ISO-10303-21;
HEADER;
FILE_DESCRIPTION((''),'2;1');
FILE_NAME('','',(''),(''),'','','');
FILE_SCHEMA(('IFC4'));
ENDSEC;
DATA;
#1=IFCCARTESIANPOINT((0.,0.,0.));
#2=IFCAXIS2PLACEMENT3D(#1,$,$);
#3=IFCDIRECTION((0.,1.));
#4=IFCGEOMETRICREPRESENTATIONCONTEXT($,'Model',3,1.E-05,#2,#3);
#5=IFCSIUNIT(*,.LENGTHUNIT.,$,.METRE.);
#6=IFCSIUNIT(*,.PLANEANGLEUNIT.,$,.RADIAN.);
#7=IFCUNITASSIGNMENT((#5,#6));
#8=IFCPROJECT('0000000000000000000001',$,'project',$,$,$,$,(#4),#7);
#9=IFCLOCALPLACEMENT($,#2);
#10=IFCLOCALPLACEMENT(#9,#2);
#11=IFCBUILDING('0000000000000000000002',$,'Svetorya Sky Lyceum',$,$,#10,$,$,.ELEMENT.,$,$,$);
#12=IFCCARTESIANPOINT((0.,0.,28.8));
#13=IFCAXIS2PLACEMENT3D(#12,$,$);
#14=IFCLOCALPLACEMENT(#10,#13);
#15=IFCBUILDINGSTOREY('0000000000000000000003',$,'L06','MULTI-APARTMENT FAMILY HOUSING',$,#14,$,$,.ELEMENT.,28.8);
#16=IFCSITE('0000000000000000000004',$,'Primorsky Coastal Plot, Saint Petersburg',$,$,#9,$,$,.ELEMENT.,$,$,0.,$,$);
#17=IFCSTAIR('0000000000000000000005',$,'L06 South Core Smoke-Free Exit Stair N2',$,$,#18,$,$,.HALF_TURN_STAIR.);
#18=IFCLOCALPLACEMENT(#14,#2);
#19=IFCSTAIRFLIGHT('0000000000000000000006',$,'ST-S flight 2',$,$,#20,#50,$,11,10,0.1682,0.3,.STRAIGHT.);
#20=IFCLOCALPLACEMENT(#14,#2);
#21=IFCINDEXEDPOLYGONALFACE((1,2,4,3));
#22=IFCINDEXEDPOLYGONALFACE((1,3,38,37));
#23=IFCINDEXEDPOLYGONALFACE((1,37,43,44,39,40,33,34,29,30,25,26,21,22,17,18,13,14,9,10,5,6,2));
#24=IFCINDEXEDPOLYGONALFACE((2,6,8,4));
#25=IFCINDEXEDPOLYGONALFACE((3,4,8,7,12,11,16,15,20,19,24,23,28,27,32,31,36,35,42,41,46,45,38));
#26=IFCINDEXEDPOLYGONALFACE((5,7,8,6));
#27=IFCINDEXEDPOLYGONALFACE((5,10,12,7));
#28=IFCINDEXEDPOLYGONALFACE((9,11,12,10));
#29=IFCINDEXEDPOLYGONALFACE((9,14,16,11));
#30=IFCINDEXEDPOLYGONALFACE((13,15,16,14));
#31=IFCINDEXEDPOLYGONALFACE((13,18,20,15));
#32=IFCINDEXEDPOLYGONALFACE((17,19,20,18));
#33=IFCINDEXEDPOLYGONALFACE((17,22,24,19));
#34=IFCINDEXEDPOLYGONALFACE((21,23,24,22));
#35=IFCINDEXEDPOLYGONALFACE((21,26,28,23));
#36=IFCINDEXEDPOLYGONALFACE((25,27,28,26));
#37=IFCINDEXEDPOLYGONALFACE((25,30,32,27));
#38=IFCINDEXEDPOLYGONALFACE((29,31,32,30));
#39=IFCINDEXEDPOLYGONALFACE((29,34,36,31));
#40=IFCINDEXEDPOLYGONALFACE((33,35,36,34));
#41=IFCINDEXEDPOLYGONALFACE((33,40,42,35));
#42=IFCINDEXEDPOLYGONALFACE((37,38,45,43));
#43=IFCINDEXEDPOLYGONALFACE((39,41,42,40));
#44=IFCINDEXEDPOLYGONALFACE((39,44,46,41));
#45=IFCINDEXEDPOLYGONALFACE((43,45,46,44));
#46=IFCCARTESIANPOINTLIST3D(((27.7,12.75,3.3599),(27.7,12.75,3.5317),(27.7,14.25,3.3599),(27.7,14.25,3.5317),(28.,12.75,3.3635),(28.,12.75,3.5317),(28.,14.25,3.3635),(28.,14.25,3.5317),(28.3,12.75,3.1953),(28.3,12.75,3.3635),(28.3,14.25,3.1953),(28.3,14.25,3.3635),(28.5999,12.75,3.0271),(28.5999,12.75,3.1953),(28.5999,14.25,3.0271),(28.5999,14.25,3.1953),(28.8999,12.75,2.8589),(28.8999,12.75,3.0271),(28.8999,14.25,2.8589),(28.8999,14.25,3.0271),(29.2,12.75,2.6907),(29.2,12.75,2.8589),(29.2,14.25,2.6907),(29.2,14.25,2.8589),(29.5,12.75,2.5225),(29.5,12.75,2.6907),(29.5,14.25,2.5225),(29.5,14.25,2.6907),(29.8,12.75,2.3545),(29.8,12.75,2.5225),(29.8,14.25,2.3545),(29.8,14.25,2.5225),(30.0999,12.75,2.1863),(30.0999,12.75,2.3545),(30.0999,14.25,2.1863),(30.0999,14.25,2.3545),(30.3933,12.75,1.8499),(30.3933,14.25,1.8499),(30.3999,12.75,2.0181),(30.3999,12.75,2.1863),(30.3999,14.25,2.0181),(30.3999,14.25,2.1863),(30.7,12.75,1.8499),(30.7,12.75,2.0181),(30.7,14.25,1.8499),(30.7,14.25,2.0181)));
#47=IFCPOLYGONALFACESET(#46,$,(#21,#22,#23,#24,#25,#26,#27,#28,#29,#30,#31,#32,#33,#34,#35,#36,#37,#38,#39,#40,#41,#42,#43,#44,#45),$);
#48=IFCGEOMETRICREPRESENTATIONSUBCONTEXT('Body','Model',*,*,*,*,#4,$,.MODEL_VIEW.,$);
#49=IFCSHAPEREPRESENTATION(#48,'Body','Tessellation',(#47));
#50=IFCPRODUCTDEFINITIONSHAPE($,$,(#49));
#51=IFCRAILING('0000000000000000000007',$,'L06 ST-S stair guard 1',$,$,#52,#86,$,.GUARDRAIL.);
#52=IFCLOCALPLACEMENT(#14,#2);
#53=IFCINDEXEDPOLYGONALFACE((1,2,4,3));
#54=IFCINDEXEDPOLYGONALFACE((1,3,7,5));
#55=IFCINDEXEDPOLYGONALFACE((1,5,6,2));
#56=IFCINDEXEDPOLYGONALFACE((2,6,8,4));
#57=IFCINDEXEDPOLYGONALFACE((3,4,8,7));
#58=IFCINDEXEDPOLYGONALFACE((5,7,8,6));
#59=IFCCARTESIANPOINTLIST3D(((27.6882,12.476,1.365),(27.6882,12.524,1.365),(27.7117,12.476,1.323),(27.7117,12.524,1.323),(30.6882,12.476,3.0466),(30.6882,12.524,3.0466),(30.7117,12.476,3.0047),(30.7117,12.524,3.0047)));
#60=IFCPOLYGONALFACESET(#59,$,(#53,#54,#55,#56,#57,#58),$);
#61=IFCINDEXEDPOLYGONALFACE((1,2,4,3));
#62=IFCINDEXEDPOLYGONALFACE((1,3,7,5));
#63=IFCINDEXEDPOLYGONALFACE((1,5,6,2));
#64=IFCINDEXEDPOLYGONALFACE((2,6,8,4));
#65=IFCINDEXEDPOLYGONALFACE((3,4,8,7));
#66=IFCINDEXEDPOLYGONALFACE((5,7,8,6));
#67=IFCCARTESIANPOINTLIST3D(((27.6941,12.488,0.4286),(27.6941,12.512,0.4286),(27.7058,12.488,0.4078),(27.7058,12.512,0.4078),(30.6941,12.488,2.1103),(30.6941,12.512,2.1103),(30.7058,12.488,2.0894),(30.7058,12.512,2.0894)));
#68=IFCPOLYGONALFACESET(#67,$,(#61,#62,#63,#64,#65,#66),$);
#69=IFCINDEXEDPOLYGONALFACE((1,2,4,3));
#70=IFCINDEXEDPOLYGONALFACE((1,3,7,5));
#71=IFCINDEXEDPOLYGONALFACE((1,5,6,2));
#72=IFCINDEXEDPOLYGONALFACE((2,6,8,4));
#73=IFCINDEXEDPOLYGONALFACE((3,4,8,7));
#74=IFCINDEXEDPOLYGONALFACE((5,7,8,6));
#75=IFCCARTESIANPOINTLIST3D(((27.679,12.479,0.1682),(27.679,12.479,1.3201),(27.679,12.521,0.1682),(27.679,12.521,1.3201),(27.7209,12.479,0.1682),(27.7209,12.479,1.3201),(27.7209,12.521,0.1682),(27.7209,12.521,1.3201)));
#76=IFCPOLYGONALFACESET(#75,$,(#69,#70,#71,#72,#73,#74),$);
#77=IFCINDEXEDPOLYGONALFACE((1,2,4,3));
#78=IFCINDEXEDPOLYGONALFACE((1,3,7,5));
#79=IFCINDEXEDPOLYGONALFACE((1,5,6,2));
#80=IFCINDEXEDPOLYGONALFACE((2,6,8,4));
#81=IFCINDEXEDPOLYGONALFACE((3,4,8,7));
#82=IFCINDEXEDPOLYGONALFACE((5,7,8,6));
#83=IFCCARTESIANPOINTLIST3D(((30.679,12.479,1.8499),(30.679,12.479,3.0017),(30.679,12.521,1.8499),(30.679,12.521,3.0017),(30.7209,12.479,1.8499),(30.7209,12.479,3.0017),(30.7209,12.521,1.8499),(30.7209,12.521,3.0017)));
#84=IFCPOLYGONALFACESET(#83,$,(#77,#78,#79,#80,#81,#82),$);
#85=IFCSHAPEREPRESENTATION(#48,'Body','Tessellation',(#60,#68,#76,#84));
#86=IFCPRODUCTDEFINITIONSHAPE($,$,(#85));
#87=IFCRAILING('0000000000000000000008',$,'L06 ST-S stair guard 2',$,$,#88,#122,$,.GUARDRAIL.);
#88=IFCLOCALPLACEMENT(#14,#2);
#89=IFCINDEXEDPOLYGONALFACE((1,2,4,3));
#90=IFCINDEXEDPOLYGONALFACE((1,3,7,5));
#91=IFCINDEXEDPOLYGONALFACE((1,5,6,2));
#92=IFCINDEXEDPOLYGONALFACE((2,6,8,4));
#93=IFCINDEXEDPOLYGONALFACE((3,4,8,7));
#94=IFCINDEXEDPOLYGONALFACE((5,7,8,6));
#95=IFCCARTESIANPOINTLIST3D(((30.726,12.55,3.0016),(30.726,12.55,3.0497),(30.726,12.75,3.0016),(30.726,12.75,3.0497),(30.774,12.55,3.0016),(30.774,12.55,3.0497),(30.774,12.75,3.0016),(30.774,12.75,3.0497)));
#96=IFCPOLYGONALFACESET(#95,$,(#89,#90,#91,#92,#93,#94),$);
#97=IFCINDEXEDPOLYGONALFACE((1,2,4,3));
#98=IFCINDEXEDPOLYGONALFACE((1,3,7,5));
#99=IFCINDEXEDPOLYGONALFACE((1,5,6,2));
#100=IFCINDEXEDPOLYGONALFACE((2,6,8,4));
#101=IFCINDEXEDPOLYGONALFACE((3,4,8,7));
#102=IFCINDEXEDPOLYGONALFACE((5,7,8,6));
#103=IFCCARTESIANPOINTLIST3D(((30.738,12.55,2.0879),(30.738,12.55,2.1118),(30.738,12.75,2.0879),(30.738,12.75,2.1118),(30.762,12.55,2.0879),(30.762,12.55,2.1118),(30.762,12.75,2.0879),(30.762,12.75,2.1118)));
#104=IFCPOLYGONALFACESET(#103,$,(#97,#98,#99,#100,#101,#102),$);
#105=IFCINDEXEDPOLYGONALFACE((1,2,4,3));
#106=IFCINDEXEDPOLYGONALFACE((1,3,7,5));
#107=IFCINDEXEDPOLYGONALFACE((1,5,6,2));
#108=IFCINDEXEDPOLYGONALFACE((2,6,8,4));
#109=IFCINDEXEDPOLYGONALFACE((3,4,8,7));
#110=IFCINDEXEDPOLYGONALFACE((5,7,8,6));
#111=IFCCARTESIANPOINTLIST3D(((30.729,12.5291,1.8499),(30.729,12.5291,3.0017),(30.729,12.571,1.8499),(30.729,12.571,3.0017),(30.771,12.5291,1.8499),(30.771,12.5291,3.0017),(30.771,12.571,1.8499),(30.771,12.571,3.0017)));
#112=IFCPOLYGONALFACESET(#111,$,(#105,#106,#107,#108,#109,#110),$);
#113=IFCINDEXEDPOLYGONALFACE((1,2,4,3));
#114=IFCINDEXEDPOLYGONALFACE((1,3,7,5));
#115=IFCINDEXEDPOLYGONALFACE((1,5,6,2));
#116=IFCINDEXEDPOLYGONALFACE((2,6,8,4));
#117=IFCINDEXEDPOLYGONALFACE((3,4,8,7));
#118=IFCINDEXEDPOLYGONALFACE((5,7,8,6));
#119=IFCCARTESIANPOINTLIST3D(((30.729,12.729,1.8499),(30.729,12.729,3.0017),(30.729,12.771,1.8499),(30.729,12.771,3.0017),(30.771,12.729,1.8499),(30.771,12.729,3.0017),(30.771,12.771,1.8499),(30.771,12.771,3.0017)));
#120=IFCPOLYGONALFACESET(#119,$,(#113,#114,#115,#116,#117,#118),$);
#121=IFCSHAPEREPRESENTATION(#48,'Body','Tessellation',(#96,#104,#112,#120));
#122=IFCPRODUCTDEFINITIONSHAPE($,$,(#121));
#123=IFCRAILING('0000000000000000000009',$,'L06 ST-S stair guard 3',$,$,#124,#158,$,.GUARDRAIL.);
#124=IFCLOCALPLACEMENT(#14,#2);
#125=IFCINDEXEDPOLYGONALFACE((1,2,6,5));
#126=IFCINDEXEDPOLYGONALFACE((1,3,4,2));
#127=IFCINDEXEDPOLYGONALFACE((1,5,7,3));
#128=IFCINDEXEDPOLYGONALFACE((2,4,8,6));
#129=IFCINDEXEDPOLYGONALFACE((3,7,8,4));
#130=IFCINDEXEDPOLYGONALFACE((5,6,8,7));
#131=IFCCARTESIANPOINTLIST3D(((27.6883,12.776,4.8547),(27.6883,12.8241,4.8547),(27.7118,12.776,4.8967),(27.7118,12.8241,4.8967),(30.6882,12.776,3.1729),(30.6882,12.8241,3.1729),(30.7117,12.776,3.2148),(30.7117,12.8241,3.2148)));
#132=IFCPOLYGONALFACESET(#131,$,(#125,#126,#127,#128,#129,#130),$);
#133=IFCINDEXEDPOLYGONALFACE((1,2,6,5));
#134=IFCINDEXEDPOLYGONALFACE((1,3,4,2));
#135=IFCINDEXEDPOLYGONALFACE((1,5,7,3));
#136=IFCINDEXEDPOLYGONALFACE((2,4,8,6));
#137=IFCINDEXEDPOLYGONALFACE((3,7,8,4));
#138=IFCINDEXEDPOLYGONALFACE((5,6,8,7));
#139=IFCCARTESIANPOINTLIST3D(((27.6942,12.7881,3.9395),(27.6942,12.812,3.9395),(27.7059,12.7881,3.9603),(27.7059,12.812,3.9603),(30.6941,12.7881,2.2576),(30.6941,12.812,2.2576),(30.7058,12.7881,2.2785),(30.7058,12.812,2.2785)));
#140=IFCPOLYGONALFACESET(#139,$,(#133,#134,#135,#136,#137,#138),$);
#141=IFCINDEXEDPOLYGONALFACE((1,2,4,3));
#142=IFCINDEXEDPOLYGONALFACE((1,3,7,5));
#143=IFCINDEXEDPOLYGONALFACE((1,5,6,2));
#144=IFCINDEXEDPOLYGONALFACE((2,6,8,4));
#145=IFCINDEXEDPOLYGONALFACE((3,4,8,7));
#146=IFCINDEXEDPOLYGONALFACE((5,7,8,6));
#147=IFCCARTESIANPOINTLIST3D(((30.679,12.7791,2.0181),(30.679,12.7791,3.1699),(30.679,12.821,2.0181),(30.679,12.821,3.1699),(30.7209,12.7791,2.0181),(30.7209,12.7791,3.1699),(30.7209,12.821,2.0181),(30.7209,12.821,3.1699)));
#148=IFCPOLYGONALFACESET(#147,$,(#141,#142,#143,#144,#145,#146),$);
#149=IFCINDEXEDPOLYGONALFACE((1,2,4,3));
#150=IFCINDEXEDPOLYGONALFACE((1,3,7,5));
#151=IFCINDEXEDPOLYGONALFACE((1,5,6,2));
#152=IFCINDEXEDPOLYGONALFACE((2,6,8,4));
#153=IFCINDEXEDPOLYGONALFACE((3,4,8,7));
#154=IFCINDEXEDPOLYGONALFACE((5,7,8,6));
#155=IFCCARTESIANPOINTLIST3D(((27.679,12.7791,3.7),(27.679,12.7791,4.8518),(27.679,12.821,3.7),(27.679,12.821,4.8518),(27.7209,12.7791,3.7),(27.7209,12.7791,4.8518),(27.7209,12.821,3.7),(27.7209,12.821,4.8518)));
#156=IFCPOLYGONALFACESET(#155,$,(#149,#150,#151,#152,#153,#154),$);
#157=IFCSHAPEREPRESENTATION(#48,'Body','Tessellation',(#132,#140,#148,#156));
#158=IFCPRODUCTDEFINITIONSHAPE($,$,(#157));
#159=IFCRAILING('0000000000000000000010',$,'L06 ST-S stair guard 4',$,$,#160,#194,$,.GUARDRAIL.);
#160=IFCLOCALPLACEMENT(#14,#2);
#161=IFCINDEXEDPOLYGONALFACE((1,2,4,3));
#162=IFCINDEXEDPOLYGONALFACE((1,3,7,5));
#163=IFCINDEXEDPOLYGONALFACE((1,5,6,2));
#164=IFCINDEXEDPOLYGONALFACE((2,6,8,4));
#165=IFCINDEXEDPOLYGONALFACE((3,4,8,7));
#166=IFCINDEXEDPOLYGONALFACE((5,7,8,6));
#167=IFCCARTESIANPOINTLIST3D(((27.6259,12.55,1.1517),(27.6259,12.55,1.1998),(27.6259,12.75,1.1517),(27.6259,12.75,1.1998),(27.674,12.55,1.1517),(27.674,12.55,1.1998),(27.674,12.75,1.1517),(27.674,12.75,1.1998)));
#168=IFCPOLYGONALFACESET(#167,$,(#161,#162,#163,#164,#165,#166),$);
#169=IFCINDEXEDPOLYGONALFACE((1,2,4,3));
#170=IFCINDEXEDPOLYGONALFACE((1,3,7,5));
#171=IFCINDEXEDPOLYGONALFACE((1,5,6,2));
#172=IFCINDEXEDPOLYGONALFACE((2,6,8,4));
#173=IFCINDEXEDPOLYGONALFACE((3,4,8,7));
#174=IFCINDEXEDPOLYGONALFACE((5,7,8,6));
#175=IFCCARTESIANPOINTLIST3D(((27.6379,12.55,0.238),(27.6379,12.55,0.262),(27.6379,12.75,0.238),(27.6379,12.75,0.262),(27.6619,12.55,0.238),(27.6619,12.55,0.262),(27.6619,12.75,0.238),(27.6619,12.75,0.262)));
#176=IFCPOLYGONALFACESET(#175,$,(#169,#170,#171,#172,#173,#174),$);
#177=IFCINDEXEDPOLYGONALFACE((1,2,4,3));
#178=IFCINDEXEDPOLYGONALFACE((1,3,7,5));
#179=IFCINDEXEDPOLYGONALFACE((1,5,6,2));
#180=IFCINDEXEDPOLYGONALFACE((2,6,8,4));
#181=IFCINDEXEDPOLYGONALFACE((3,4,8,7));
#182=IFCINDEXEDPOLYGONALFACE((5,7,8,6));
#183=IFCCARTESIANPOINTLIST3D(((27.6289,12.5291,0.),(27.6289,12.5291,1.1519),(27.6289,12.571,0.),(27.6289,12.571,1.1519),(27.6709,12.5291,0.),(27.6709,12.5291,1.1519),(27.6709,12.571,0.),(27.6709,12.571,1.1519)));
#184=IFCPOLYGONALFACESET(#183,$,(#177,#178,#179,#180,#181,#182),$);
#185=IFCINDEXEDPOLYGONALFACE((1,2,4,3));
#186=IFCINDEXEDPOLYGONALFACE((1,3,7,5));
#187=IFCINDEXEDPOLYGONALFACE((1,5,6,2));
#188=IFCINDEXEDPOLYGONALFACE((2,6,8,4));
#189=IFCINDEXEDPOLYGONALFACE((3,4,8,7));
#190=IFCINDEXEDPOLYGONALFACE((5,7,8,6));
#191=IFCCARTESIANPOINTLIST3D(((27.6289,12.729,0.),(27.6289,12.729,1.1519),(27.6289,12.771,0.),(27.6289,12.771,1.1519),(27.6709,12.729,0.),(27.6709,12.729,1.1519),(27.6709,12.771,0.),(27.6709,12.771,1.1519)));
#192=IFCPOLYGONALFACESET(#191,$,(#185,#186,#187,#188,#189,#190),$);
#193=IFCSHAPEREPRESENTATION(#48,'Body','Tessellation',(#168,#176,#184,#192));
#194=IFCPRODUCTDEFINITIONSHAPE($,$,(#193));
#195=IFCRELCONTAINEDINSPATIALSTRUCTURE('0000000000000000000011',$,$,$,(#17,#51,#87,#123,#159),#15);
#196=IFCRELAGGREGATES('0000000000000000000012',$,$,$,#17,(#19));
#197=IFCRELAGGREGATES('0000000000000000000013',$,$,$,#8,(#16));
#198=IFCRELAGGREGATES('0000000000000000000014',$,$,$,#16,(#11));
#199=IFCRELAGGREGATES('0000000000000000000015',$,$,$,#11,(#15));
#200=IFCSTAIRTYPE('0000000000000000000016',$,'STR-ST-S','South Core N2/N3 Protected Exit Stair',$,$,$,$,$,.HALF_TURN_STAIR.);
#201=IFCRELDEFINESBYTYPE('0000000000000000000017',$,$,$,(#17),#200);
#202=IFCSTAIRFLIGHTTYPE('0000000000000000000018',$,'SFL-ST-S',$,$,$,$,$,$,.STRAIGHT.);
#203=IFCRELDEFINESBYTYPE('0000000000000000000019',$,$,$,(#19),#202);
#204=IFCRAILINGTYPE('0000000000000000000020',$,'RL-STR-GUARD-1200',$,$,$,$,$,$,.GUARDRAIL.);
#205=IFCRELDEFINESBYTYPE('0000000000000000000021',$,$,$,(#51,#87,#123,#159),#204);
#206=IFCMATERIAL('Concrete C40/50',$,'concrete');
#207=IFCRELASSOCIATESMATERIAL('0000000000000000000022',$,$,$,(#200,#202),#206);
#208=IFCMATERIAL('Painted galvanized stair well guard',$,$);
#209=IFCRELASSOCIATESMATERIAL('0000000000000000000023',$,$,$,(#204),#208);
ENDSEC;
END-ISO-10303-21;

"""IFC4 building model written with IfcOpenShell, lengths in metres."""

from ifc_helpers import new_model, si_unit, direction, frame, origin, origin_2d, place, context, subcontext, project, spatial, polyline, rectangle, outline, extrude, material, type_object, element, aggregate, save


model = new_model("IFC4")

# Units and contexts
model_context = context("Model", 3, precision=1e-05, world=origin(), true_north=direction((0.0, 1.0)))
body_context = subcontext(model_context, "Body", "Model", "MODEL_VIEW")
ifc_project = project(units=[si_unit("LENGTHUNIT", "METRE"), si_unit("PLANEANGLEUNIT", "RADIAN")], contexts=[model_context])

# Site, building, storey
site_placement = place(None, origin())
site = spatial("IfcSite", under=ifc_project, at=site_placement, Name="Primorsky Coastal Plot, Saint Petersburg", CompositionType="ELEMENT", RefElevation=0.0)
building_placement = place(site_placement, origin())
building = spatial("IfcBuilding", under=site, at=building_placement, Name="Svetorya Sky Lyceum", CompositionType="ELEMENT")
storey_placement = place(building_placement, frame((0.0, 0.0, 28.8)))
storey = spatial("IfcBuildingStorey", under=building, at=storey_placement, Name="L06", Description="MULTI-APARTMENT FAMILY HOUSING", CompositionType="ELEMENT", Elevation=28.8)

# Stair, stair flight
ifc_material_1 = material(Name="Concrete C40/50", Category="concrete")
stair_type = type_object("IfcStairType", Name="STR-ST-S", Description="South Core N2/N3 Protected Exit Stair", PredefinedType="HALF_TURN_STAIR", material=ifc_material_1)
stair_placement = place(storey_placement, origin())
stair = element("IfcStair", 1, at=stair_placement, inside=storey, type_object=stair_type, Name="L06 South Core Smoke-Free Exit Stair N2", PredefinedType="HALF_TURN_STAIR")
stair_flight_type = type_object("IfcStairFlightType", Name="SFL-ST-S", PredefinedType="STRAIGHT", material=ifc_material_1)
stair_flight_placement = place(storey_placement, frame((30.7, 13.5, 1.8499), z_axis=(0.0, 0.0, 1.0), x_axis=(-1.0, 0.0, 0.0)))
stair_flight = element("IfcStairFlight", 2, at=stair_flight_placement, type_object=stair_flight_type, Name="ST-S flight 2", NumberOfRisers=11, NumberOfTreads=10, PredefinedType="STRAIGHT", RiserHeight=0.1682, TreadLength=0.3, context=body_context, shape_type="SweptSolid", body=[
    extrude(outline(polyline([(0.0, 0.0), (0.0, 0.1682), (0.3, 0.1682), (0.3, 0.3364), (0.6001, 0.3364), (0.6001, 0.5046), (0.8999, 0.5046), (0.8999, 0.6726), (1.2, 0.6726), (1.2, 0.8408), (1.5, 0.8408), (1.5, 1.009), (1.8, 1.009), (1.8, 1.1772), (2.1001, 1.1772), (2.1001, 1.3455), (2.3999, 1.3455), (2.3999, 1.5137), (2.7, 1.5137), (2.7, 1.6819), (3.0, 1.6819), (3.0, 1.8501), (3.0, 1.51), (0.3066, 0.0), (0.0, 0.0)])), frame((0.0, 0.75, 0.0), z_axis=(0.0, -1.0, 0.0), x_axis=(1.0, 0.0, 0.0)), (0.0, 0.0, 1.0), 1.5),
])
aggregate(stair, [stair_flight])

# Railings
ifc_material_2 = material(Name="Painted galvanized stair well guard")
railing_type_1 = type_object("IfcRailingType", Name="RL-STR-GUARD-1200", PredefinedType="GUARDRAIL", material=ifc_material_2)
railing_1_placement = place(storey_placement, frame((27.7, 12.5, 0.1682)))
element("IfcRailing", 3, at=railing_1_placement, inside=storey, type_object=railing_type_1, Name="L06 ST-S stair guard 1", PredefinedType="GUARDRAIL", context=body_context, shape_type="SweptSolid", body=[
    extrude(rectangle(XDim=0.0481, YDim=0.0481, at=origin_2d()), frame((0.0, 0.0, 1.1758), z_axis=(0.872303, 0.0, 0.488966), x_axis=(0.0, 1.0, 0.0)), (0.0, 0.0, 1.0), 3.4392),
    extrude(rectangle(XDim=0.0239, YDim=0.0239, at=origin_2d()), frame((0.0, 0.0, 0.25), z_axis=(0.872303, 0.0, 0.488966), x_axis=(0.0, 1.0, 0.0)), (0.0, 0.0, 1.0), 3.4392),
    extrude(rectangle(XDim=0.042, YDim=0.042, at=origin_2d()), origin(), (0.0, 0.0, 1.0), 1.1519),
    extrude(rectangle(XDim=0.042, YDim=0.042, at=origin_2d()), frame((3.0, 0.0, 1.6816)), (0.0, 0.0, 1.0), 1.1519),
])
railing_2_placement = place(storey_placement, frame((30.75, 12.55, 1.8499)))
element("IfcRailing", 4, at=railing_2_placement, inside=storey, type_object=railing_type_1, Name="L06 ST-S stair guard 2", PredefinedType="GUARDRAIL", context=body_context, shape_type="SweptSolid", body=[
    extrude(rectangle(XDim=0.0481, YDim=0.0481, at=origin_2d()), frame((0.0, 0.0, 1.1758), z_axis=(0.0, 1.0, 0.0), x_axis=(-1.0, 0.0, 0.0)), (0.0, 0.0, 1.0), 0.2),
    extrude(rectangle(XDim=0.0239, YDim=0.0239, at=origin_2d()), frame((0.0, 0.0, 0.25), z_axis=(0.0, 1.0, 0.0), x_axis=(-1.0, 0.0, 0.0)), (0.0, 0.0, 1.0), 0.2),
    extrude(rectangle(XDim=0.042, YDim=0.042, at=origin_2d()), origin(), (0.0, 0.0, 1.0), 1.1519),
    extrude(rectangle(XDim=0.042, YDim=0.042, at=origin_2d()), frame((0.0, 0.2, 0.0)), (0.0, 0.0, 1.0), 1.1519),
])
railing_3_placement = place(storey_placement, frame((30.7, 12.8, 2.0181)))
element("IfcRailing", 5, at=railing_3_placement, inside=storey, type_object=railing_type_1, Name="L06 ST-S stair guard 3", PredefinedType="GUARDRAIL", context=body_context, shape_type="SweptSolid", body=[
    extrude(rectangle(XDim=0.0481, YDim=0.0481, at=origin_2d()), frame((0.0, 0.0, 1.1758), z_axis=(-0.872272, 0.0, 0.48902), x_axis=(0.0, -1.0, 0.0)), (0.0, 0.0, 1.0), 3.4392),
    extrude(rectangle(XDim=0.0239, YDim=0.0239, at=origin_2d()), frame((0.0, 0.0, 0.25), z_axis=(-0.872272, 0.0, 0.48902), x_axis=(0.0, -1.0, 0.0)), (0.0, 0.0, 1.0), 3.4392),
    extrude(rectangle(XDim=0.042, YDim=0.042, at=origin_2d()), origin(), (0.0, 0.0, 1.0), 1.1519),
    extrude(rectangle(XDim=0.042, YDim=0.042, at=origin_2d()), frame((-3.0, 0.0, 1.6819)), (0.0, 0.0, 1.0), 1.1519),
])
railing_4_placement = place(storey_placement, frame((27.6499, 12.55, 0.0)))
element("IfcRailing", 6, at=railing_4_placement, inside=storey, type_object=railing_type_1, Name="L06 ST-S stair guard 4", PredefinedType="GUARDRAIL", context=body_context, shape_type="SweptSolid", body=[
    extrude(rectangle(XDim=0.0481, YDim=0.0481, at=origin_2d()), frame((0.0, 0.0, 1.1758), z_axis=(0.0, 1.0, 0.0), x_axis=(-1.0, 0.0, 0.0)), (0.0, 0.0, 1.0), 0.2),
    extrude(rectangle(XDim=0.0239, YDim=0.0239, at=origin_2d()), frame((0.0, 0.0, 0.25), z_axis=(0.0, 1.0, 0.0), x_axis=(-1.0, 0.0, 0.0)), (0.0, 0.0, 1.0), 0.2),
    extrude(rectangle(XDim=0.042, YDim=0.042, at=origin_2d()), origin(), (0.0, 0.0, 1.0), 1.1519),
    extrude(rectangle(XDim=0.042, YDim=0.042, at=origin_2d()), frame((0.0, 0.2, 0.0)), (0.0, 0.0, 1.0), 1.1519),
])

save(model, "model.ifc")
